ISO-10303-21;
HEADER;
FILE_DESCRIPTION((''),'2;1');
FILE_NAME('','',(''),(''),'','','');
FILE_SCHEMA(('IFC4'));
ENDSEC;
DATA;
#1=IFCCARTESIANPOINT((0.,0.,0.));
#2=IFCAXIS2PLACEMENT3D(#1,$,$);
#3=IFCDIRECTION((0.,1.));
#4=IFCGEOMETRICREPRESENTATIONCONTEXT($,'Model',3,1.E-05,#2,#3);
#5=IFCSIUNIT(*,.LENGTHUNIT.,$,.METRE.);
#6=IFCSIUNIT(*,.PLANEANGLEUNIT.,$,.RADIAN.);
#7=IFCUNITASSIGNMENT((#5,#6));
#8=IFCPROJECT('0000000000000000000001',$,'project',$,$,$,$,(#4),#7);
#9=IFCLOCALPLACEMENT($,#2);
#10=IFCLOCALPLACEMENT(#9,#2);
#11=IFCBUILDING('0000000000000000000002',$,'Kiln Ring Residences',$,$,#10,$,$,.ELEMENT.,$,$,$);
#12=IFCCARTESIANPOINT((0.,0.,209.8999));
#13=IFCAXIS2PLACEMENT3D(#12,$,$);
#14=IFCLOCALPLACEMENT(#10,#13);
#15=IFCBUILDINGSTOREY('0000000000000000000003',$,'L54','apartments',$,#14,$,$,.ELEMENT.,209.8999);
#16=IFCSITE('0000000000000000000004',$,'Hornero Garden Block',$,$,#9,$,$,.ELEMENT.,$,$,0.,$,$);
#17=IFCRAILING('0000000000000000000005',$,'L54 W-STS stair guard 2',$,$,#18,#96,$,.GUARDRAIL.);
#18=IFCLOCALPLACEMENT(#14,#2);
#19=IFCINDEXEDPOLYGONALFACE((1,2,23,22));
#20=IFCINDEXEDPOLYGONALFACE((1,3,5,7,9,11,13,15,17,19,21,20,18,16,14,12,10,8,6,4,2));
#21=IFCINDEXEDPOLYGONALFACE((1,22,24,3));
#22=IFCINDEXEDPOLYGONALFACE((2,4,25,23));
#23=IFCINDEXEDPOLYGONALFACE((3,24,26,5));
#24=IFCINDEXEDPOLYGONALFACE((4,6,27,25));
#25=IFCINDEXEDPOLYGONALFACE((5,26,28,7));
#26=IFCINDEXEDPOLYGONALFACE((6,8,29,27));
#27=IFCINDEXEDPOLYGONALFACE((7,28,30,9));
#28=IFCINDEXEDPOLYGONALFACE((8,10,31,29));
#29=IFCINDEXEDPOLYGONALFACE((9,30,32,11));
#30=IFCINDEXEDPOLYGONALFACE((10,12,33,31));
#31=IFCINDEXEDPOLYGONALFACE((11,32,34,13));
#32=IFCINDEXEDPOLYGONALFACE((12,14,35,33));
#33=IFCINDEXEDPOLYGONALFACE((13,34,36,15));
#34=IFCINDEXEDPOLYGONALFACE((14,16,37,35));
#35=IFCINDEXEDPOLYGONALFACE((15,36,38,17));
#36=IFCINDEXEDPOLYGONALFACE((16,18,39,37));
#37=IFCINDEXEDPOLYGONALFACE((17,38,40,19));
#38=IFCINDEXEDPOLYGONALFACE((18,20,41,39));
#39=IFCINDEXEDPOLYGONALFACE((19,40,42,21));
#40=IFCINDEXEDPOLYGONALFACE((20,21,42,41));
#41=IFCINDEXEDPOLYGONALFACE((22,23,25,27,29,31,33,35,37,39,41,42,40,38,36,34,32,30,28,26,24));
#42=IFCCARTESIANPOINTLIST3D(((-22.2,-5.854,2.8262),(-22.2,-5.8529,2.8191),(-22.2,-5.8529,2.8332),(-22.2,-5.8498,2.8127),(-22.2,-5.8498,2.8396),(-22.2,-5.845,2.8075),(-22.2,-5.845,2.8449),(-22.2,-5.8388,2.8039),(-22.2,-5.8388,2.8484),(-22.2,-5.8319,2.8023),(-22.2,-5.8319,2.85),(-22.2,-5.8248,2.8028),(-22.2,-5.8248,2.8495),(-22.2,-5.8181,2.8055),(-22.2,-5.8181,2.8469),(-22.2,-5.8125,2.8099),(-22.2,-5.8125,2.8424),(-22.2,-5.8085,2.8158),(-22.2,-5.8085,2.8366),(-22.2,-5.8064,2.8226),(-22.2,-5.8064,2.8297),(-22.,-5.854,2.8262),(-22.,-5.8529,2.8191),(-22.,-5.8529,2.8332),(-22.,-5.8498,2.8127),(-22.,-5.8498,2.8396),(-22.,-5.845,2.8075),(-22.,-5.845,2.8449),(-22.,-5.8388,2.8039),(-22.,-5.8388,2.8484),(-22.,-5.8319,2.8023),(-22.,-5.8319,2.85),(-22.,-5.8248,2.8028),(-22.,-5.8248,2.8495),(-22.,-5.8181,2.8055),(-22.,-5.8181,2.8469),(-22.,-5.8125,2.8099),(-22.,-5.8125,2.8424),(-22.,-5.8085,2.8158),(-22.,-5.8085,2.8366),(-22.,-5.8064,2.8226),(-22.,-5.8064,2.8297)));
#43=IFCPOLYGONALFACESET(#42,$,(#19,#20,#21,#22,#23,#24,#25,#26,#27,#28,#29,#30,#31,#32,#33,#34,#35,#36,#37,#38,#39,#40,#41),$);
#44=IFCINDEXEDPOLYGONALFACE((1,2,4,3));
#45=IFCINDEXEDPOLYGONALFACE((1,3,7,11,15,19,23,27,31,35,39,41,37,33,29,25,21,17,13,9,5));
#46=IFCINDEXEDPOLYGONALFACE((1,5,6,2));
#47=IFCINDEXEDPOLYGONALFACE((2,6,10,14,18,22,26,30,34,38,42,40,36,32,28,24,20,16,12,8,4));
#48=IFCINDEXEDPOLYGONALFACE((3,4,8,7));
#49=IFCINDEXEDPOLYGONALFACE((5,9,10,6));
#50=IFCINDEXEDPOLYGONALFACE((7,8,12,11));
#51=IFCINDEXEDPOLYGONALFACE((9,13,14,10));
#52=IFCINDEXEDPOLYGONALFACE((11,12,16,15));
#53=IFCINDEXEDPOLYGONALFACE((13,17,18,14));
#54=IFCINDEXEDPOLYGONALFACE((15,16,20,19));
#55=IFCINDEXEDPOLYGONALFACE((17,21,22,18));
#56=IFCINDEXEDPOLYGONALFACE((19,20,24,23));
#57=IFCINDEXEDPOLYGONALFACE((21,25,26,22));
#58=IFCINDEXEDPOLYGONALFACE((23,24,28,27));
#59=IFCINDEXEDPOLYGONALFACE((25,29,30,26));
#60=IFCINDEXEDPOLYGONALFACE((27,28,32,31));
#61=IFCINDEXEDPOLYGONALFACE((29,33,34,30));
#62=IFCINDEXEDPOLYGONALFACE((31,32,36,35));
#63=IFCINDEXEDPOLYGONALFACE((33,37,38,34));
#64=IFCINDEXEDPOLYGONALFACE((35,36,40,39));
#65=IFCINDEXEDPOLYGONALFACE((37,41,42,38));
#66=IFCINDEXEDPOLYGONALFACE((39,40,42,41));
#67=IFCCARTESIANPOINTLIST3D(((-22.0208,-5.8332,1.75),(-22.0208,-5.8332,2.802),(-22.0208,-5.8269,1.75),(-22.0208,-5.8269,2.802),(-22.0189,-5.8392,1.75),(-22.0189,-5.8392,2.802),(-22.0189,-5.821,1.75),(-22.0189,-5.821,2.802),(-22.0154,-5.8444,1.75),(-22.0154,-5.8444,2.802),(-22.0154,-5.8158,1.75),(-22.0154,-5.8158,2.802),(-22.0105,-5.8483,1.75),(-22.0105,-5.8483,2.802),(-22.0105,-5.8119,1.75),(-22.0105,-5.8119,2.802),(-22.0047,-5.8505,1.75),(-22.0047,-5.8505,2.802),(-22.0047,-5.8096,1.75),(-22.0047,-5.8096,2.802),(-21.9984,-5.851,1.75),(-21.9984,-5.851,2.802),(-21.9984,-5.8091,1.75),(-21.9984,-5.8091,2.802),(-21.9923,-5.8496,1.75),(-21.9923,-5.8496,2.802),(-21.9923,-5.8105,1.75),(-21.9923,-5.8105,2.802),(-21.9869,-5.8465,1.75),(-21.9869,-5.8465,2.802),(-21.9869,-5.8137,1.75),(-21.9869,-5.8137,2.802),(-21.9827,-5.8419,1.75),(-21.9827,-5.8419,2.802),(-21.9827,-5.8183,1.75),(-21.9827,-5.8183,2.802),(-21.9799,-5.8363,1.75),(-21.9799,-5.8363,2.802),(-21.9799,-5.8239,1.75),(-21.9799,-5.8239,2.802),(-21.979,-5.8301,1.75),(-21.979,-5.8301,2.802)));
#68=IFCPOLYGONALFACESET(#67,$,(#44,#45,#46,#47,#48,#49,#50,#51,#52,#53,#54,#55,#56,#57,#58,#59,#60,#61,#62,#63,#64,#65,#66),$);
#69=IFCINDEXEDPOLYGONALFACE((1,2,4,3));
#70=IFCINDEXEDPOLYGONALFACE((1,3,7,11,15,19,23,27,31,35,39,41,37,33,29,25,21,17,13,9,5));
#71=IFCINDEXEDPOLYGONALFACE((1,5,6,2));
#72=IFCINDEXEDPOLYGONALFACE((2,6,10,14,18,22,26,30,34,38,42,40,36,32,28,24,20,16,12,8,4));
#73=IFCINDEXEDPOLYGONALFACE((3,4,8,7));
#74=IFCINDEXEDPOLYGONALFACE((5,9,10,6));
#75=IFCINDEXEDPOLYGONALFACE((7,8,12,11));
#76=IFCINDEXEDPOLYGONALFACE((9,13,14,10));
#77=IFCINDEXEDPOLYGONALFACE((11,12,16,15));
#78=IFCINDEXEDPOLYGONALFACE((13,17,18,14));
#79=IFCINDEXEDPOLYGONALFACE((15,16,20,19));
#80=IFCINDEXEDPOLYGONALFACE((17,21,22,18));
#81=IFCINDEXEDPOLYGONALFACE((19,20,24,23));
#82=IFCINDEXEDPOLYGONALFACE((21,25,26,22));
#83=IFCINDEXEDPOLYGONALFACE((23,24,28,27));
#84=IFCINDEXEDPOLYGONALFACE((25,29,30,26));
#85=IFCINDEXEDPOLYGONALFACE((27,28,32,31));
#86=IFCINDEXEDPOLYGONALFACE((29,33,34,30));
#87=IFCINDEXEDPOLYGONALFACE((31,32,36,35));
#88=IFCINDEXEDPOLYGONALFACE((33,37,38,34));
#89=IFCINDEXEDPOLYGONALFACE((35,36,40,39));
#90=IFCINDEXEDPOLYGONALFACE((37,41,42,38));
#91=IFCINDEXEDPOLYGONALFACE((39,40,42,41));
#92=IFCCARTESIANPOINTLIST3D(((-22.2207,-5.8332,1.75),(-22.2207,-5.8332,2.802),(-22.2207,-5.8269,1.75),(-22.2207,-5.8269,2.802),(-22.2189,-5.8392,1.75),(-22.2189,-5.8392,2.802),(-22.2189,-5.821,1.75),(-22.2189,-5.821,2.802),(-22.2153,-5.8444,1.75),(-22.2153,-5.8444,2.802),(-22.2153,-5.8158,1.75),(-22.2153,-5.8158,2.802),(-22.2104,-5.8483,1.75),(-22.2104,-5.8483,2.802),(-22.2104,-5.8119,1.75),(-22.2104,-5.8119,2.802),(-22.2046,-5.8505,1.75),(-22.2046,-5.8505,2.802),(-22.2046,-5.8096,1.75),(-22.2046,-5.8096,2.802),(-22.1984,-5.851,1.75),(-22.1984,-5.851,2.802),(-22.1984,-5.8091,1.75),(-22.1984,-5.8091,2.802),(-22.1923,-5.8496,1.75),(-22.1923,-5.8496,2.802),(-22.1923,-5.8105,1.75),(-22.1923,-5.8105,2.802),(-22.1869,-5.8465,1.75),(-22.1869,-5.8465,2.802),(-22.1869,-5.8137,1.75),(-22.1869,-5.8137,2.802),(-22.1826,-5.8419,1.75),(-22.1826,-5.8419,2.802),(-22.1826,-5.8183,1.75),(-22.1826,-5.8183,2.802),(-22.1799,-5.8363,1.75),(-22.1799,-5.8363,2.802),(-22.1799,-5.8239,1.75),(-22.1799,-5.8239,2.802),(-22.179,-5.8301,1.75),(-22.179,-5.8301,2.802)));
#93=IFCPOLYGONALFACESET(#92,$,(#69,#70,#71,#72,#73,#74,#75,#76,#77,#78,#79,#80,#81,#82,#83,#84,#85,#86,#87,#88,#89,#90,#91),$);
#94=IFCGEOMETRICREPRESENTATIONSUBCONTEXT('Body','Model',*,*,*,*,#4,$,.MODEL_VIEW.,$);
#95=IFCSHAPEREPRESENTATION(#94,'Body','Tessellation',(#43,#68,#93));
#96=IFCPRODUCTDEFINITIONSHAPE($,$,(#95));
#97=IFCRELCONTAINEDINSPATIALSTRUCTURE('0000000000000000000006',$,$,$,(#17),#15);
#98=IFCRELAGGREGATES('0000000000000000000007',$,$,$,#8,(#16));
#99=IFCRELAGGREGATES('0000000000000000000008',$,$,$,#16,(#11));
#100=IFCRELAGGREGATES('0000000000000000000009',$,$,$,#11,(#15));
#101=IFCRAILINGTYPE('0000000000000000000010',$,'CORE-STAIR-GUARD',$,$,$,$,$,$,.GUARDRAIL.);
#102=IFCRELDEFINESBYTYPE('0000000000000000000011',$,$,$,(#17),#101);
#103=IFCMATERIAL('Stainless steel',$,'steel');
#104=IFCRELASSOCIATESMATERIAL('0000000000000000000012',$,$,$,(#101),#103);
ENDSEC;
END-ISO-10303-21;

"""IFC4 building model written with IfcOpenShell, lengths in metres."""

from ifc_helpers import new_model, si_unit, direction, frame, origin, origin_2d, place, context, subcontext, project, spatial, circle, extrude, material, type_object, element, save


model = new_model("IFC4")

# Units and contexts
model_context = context("Model", 3, precision=1e-05, world=origin(), true_north=direction((0.0, 1.0)))
body_context = subcontext(model_context, "Body", "Model", "MODEL_VIEW")
ifc_project = project(units=[si_unit("LENGTHUNIT", "METRE"), si_unit("PLANEANGLEUNIT", "RADIAN")], contexts=[model_context])

# Site, building, storey
site_placement = place(None, origin())
site = spatial("IfcSite", under=ifc_project, at=site_placement, Name="Hornero Garden Block", CompositionType="ELEMENT", RefElevation=0.0)
building_placement = place(site_placement, origin())
building = spatial("IfcBuilding", under=site, at=building_placement, Name="Kiln Ring Residences", CompositionType="ELEMENT")
storey_placement = place(building_placement, frame((0.0, 0.0, 209.8999)))
storey = spatial("IfcBuildingStorey", under=building, at=storey_placement, Name="L54", Description="apartments", CompositionType="ELEMENT", Elevation=209.8999)

# Railing
ifc_material_1 = material(Name="Stainless steel", Category="steel")
railing_type_1 = type_object("IfcRailingType", Name="CORE-STAIR-GUARD", PredefinedType="GUARDRAIL", material=ifc_material_1)
railing_1_placement = place(storey_placement, frame((-22.0, -5.8301, 1.75)))
element("IfcRailing", 1, at=railing_1_placement, inside=storey, type_object=railing_type_1, Name="L54 W-STS stair guard 2", PredefinedType="GUARDRAIL", context=body_context, shape_type="SweptSolid", body=[
    extrude(circle(Radius=0.0239, at=origin_2d()), frame((0.0, 0.0, 1.0762), z_axis=(-1.0, 0.0, 0.0), x_axis=(0.0, -1.0, 0.0)), (0.0, 0.0, 1.0), 0.2),
    extrude(circle(Radius=0.021, at=origin_2d()), origin(), (0.0, 0.0, 1.0), 1.052),
    extrude(circle(Radius=0.021, at=origin_2d()), frame((-0.2, 0.0, 0.0)), (0.0, 0.0, 1.0), 1.052),
])

save(model, "model.ifc")
